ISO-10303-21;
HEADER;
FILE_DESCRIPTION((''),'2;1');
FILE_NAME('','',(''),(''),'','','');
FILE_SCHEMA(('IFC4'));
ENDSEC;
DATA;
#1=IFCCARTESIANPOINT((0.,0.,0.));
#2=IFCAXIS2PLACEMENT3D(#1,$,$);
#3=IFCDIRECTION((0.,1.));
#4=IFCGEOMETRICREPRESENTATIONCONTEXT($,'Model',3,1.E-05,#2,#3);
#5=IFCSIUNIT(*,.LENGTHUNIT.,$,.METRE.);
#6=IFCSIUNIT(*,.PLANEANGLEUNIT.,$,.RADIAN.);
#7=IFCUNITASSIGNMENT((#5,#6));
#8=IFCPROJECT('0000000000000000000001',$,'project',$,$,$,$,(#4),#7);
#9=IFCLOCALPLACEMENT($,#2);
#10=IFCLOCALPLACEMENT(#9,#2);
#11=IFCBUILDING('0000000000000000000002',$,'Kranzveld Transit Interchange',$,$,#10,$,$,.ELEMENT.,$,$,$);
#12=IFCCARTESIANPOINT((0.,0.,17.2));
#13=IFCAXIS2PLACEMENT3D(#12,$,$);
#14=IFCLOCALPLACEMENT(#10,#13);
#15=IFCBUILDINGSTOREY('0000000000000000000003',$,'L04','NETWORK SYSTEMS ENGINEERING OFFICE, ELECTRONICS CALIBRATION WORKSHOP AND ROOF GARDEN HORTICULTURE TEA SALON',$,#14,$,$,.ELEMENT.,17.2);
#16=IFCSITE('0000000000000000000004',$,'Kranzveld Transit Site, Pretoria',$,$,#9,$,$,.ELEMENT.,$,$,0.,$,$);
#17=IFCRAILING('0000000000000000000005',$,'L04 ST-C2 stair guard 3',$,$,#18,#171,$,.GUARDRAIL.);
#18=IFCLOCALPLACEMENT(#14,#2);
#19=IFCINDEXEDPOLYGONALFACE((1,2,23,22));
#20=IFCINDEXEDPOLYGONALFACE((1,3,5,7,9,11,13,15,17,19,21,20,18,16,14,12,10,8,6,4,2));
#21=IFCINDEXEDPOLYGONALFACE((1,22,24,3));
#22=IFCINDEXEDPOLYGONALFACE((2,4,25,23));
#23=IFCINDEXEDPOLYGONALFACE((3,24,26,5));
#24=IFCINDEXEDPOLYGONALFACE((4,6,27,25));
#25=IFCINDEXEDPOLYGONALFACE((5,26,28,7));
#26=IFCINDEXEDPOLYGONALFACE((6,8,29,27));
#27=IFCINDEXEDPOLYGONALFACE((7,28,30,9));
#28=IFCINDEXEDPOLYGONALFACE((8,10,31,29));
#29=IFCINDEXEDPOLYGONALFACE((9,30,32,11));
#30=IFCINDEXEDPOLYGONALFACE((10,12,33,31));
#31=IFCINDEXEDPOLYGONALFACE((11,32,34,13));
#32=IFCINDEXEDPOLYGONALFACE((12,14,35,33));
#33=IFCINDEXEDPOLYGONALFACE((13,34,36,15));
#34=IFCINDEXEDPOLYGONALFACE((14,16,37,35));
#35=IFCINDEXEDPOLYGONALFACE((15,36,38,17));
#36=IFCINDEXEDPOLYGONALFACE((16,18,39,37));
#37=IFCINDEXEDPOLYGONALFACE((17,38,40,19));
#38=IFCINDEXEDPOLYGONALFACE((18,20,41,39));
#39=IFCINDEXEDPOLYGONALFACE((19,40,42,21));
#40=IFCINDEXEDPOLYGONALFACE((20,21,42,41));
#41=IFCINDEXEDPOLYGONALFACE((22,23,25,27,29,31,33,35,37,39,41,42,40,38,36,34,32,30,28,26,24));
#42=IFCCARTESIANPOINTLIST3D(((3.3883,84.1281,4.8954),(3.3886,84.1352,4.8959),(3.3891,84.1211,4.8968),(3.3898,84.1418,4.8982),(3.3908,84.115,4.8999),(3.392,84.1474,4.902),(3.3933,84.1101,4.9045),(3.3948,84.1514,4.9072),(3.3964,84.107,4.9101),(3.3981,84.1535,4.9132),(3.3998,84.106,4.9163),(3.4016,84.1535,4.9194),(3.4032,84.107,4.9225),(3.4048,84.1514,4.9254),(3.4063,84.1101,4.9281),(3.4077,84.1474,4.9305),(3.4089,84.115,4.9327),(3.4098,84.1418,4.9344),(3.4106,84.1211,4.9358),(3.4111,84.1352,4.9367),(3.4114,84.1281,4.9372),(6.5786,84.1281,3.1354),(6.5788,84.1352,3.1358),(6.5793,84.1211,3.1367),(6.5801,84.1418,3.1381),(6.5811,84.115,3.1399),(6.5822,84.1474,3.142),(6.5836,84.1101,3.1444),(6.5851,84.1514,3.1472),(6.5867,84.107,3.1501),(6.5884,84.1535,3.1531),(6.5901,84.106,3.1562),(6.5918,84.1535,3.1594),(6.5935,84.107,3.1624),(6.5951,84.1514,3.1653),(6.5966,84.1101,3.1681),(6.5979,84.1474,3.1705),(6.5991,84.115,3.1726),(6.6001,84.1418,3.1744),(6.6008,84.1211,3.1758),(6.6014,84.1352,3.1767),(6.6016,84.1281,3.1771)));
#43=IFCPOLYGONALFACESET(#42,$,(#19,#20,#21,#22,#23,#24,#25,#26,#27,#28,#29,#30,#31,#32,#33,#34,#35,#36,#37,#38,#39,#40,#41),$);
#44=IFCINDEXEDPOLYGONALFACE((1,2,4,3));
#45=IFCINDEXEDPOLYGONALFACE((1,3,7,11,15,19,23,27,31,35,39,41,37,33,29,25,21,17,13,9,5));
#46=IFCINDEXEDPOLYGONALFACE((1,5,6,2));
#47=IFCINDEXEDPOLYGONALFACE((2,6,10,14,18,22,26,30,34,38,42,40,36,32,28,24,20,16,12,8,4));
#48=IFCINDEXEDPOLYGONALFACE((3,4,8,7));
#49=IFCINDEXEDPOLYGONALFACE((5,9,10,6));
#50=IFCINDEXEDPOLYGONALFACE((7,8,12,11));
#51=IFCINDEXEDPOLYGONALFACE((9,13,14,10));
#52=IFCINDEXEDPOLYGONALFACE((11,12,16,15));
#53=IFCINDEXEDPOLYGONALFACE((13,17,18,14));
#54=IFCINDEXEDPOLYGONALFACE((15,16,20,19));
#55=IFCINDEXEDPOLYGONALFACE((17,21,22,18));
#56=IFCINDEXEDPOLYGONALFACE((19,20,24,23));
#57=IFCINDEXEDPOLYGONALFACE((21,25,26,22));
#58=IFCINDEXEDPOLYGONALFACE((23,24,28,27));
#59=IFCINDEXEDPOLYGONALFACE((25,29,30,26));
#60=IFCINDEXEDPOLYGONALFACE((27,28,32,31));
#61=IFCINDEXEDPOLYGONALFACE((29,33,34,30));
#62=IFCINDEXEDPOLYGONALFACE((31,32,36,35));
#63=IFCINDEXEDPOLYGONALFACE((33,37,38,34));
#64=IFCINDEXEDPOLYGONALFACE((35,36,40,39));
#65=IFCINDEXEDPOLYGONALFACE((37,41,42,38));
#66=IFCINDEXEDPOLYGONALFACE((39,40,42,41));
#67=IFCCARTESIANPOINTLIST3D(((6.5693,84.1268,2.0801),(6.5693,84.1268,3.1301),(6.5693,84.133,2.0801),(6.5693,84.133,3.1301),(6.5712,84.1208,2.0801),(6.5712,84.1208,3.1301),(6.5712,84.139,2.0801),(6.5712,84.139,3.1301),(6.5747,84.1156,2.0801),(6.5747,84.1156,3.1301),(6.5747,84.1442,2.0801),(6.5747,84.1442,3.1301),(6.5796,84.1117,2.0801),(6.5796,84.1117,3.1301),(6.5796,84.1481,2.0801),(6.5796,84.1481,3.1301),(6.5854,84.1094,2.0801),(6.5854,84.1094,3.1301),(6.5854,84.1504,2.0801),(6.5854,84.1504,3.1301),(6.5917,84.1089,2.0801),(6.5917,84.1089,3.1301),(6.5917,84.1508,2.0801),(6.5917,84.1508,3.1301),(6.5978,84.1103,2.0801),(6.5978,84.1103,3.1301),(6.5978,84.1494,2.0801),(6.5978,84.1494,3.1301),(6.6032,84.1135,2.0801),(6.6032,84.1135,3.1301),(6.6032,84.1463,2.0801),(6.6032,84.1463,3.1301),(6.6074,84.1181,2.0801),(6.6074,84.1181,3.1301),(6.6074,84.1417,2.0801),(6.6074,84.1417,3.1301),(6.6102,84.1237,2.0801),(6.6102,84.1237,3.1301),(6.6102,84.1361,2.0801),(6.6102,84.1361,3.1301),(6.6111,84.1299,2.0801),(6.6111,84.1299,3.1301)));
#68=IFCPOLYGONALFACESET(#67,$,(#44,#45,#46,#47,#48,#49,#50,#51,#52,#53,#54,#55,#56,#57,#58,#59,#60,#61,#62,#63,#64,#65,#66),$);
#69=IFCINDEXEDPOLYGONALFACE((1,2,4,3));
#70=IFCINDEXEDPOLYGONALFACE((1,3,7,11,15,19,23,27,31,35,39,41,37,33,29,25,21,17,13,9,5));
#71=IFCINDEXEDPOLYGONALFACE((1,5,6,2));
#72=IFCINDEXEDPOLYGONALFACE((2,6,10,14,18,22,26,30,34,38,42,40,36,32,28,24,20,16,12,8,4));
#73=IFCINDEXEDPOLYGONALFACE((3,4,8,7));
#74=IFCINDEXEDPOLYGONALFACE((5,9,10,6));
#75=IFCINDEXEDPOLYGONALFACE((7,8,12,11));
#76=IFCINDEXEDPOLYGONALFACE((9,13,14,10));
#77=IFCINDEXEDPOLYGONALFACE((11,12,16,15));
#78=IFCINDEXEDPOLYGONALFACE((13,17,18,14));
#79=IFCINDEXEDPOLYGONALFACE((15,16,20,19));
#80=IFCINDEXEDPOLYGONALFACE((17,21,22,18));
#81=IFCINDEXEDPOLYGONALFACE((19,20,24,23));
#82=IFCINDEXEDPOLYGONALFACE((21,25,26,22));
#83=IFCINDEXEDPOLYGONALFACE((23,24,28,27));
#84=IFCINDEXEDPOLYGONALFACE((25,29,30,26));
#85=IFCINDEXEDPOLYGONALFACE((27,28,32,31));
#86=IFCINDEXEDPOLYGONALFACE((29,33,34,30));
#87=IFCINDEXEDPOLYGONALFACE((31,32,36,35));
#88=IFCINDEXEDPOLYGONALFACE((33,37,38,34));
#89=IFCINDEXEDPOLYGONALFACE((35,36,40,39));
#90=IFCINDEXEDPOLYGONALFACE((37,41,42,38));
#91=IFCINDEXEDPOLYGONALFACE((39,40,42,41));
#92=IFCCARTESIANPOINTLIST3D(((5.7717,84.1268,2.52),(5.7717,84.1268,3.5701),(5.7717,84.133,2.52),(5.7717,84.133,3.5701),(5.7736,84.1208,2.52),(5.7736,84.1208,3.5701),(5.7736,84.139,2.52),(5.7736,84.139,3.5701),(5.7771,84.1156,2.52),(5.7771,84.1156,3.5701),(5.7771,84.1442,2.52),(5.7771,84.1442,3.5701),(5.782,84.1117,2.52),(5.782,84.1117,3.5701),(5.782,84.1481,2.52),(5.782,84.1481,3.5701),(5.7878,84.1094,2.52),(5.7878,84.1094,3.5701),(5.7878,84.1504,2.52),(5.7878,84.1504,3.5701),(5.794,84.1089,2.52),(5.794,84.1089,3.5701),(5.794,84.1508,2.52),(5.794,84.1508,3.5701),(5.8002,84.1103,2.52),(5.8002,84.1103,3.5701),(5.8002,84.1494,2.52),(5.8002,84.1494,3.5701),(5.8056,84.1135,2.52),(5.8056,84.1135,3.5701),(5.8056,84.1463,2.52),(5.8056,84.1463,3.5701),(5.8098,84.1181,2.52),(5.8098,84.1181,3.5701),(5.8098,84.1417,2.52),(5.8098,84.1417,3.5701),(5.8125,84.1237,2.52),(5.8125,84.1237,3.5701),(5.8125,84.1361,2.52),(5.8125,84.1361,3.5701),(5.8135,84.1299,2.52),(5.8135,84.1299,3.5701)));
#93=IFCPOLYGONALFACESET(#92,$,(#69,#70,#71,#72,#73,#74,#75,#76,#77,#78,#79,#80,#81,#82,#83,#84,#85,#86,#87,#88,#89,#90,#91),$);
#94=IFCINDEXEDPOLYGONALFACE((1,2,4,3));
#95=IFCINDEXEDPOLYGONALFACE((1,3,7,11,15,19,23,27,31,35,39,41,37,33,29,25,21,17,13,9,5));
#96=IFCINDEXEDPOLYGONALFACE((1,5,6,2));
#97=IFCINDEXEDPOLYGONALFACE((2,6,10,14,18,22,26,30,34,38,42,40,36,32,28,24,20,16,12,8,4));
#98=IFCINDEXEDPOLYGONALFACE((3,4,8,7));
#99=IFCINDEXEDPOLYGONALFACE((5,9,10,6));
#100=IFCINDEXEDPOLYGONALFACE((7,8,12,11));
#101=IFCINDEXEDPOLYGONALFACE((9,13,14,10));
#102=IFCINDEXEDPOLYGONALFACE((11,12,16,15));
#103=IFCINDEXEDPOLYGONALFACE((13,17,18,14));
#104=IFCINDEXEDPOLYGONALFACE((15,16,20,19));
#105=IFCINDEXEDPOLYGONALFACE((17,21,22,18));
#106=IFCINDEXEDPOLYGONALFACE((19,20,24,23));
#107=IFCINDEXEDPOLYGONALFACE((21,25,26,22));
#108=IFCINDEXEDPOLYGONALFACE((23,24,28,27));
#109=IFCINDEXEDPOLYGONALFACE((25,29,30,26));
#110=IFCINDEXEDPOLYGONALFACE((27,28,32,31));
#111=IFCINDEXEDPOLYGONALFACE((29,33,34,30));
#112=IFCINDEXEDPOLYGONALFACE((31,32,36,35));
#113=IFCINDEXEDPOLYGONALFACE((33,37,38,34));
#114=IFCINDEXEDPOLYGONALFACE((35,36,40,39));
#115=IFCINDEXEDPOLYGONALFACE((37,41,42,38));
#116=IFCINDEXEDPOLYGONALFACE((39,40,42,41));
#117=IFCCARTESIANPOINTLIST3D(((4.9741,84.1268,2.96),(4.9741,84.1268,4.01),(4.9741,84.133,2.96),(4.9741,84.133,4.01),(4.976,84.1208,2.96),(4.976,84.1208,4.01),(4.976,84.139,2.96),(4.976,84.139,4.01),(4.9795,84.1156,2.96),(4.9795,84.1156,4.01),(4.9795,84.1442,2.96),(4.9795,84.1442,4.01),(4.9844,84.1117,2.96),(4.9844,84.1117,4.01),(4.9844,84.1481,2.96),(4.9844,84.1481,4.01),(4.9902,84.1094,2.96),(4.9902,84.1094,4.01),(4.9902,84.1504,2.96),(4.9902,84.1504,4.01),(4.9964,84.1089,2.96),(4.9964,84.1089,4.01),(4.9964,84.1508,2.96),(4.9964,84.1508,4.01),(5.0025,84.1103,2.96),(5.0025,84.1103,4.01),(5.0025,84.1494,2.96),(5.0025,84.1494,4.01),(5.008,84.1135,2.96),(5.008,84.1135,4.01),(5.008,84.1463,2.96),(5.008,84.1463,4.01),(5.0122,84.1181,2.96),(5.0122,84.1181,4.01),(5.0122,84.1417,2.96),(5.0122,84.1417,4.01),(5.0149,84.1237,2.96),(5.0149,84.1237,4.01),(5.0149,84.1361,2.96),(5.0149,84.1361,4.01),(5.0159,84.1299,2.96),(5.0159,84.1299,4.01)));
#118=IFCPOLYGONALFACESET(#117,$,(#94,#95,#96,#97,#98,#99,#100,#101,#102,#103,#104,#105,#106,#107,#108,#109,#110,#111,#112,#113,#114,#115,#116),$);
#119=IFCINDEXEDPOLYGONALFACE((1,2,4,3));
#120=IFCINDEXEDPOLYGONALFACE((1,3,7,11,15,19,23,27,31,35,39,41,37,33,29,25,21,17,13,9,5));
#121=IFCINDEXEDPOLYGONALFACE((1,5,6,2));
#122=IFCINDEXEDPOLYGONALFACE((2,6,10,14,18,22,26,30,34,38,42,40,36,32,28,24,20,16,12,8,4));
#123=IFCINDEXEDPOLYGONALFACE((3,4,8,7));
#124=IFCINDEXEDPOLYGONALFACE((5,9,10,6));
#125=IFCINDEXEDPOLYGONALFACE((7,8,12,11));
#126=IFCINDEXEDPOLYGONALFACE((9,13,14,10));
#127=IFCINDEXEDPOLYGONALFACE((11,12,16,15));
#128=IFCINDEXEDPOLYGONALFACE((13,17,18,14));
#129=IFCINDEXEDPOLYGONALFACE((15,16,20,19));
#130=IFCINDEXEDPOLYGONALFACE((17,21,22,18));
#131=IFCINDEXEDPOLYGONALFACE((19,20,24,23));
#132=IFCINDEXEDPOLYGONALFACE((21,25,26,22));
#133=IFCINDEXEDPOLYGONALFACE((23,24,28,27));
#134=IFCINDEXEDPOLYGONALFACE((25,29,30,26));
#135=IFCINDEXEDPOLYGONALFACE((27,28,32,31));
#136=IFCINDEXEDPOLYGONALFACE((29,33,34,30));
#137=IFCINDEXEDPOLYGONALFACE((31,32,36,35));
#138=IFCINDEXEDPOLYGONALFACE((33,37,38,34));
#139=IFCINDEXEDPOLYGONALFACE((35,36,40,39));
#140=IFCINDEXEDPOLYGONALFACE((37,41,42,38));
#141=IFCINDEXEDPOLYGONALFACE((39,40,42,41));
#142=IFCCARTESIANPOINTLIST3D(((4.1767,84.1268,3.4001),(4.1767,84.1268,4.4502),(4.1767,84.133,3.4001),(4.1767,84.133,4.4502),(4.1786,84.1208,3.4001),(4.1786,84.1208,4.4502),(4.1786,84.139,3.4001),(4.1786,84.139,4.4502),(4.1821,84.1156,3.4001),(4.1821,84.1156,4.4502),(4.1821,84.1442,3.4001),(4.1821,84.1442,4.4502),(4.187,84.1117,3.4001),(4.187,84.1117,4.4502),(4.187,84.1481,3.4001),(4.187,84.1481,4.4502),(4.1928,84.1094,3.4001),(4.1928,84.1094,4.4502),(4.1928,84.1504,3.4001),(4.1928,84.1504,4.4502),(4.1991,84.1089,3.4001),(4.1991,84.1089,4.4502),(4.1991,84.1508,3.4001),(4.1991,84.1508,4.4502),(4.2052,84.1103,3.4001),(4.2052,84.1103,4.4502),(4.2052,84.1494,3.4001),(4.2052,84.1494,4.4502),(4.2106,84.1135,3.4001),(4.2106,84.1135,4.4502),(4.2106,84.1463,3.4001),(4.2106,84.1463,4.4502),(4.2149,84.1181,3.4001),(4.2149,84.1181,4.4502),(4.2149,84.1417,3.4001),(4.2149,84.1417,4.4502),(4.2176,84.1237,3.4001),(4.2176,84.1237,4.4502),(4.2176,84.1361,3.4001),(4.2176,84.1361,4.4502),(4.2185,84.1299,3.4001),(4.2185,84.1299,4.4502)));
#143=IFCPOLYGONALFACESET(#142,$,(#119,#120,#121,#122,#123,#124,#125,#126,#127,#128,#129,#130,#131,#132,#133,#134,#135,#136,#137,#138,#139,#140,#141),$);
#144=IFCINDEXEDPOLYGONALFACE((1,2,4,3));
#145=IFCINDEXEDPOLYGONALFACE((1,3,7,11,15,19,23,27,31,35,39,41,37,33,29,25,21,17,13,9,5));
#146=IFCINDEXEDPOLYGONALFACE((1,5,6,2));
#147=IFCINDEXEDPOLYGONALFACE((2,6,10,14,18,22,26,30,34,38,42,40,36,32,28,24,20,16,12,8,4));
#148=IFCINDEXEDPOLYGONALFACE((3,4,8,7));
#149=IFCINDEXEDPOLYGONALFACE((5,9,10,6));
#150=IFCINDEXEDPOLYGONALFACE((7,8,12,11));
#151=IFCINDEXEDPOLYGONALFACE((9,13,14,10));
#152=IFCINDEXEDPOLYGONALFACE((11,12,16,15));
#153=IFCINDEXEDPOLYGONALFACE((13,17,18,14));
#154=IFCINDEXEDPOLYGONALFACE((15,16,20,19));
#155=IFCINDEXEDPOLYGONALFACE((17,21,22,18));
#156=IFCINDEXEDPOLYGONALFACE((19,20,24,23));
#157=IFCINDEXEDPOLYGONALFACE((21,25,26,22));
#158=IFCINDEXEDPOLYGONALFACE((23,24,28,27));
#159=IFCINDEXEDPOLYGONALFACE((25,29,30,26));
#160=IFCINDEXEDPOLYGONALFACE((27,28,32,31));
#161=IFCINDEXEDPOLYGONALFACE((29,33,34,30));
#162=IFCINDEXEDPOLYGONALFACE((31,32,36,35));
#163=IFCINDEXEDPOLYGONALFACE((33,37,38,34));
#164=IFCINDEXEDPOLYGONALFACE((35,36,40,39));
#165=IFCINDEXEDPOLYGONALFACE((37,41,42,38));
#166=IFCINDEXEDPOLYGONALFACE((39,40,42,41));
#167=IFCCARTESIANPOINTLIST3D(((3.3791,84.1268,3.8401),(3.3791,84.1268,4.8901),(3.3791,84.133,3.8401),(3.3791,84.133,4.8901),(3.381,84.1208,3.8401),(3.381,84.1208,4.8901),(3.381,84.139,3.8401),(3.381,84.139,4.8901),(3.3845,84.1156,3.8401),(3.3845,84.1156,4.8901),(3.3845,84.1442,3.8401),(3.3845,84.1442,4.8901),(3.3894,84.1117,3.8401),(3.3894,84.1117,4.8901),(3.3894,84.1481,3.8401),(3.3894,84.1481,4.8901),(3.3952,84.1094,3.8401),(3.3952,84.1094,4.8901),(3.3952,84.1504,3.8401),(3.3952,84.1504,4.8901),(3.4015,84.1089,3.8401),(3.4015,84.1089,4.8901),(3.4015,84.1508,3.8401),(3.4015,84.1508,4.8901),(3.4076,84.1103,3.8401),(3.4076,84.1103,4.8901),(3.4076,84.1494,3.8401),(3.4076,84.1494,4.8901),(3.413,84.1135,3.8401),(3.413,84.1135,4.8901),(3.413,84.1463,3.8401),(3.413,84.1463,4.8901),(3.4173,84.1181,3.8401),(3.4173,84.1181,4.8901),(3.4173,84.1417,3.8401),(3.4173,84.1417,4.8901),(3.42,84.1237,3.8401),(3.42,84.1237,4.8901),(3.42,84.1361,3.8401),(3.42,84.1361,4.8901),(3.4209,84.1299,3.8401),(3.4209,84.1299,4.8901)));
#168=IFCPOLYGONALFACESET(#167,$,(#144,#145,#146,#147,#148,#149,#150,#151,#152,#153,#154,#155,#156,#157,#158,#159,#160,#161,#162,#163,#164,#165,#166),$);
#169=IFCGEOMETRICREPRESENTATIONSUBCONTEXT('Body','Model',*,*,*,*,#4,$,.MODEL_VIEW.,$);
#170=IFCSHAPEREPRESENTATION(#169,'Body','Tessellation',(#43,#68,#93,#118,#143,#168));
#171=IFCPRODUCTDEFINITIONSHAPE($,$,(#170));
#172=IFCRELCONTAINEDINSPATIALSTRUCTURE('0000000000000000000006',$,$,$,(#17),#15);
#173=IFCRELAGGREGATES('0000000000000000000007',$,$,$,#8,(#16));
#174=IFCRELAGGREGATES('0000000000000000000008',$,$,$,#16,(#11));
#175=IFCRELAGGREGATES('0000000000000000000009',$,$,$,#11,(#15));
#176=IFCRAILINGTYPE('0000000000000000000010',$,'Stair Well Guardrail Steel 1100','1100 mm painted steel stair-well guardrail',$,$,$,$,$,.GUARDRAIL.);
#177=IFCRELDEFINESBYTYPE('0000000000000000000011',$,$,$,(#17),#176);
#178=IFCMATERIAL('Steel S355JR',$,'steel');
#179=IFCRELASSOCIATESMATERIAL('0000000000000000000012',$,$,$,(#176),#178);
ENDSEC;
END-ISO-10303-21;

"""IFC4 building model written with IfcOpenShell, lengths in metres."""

from ifc_helpers import new_model, si_unit, direction, frame, origin, origin_2d, place, context, subcontext, project, spatial, circle, extrude, material, type_object, element, save


model = new_model("IFC4")

# Units and contexts
model_context = context("Model", 3, precision=1e-05, world=origin(), true_north=direction((0.0, 1.0)))
body_context = subcontext(model_context, "Body", "Model", "MODEL_VIEW")
ifc_project = project(units=[si_unit("LENGTHUNIT", "METRE"), si_unit("PLANEANGLEUNIT", "RADIAN")], contexts=[model_context])

# Site, building, storey
site_placement = place(None, origin())
site = spatial("IfcSite", under=ifc_project, at=site_placement, Name="Kranzveld Transit Site, Pretoria", CompositionType="ELEMENT", RefElevation=0.0)
building_placement = place(site_placement, origin())
building = spatial("IfcBuilding", under=site, at=building_placement, Name="Kranzveld Transit Interchange", CompositionType="ELEMENT")
storey_placement = place(building_placement, frame((0.0, 0.0, 17.2)))
storey = spatial("IfcBuildingStorey", under=building, at=storey_placement, Name="L04", Description="NETWORK SYSTEMS ENGINEERING OFFICE, ELECTRONICS CALIBRATION WORKSHOP AND ROOF GARDEN HORTICULTURE TEA SALON", CompositionType="ELEMENT", Elevation=17.2)

# Railing
ifc_material_1 = material(Name="Steel S355JR", Category="steel")
railing_type_1 = type_object("IfcRailingType", Name="Stair Well Guardrail Steel 1100", Description="1100 mm painted steel stair-well guardrail", PredefinedType="GUARDRAIL", material=ifc_material_1)
railing_1_placement = place(storey_placement, frame((6.5901, 84.1299, 2.0801)))
element("IfcRailing", 1, at=railing_1_placement, inside=storey, type_object=railing_type_1, Name="L04 ST-C2 stair guard 3", PredefinedType="GUARDRAIL", context=body_context, shape_type="SweptSolid", body=[
    extrude(circle(Radius=0.0239, at=origin_2d()), frame((0.0, 0.0, 1.0762), z_axis=(-0.875588, 0.0, 0.483058), x_axis=(0.0, -1.0, 0.0)), (0.0, 0.0, 1.0), 3.6436),
    extrude(circle(Radius=0.021, at=origin_2d()), origin(), (0.0, 0.0, 1.0), 1.05),
    extrude(circle(Radius=0.021, at=origin_2d()), frame((-0.7976, 0.0, 0.4399)), (0.0, 0.0, 1.0), 1.05),
    extrude(circle(Radius=0.021, at=origin_2d()), frame((-1.5952, 0.0, 0.8799)), (0.0, 0.0, 1.0), 1.05),
    extrude(circle(Radius=0.021, at=origin_2d()), frame((-2.3926, 0.0, 1.3201)), (0.0, 0.0, 1.0), 1.05),
    extrude(circle(Radius=0.021, at=origin_2d()), frame((-3.1902, 0.0, 1.76)), (0.0, 0.0, 1.0), 1.05),
])

save(model, "model.ifc")
